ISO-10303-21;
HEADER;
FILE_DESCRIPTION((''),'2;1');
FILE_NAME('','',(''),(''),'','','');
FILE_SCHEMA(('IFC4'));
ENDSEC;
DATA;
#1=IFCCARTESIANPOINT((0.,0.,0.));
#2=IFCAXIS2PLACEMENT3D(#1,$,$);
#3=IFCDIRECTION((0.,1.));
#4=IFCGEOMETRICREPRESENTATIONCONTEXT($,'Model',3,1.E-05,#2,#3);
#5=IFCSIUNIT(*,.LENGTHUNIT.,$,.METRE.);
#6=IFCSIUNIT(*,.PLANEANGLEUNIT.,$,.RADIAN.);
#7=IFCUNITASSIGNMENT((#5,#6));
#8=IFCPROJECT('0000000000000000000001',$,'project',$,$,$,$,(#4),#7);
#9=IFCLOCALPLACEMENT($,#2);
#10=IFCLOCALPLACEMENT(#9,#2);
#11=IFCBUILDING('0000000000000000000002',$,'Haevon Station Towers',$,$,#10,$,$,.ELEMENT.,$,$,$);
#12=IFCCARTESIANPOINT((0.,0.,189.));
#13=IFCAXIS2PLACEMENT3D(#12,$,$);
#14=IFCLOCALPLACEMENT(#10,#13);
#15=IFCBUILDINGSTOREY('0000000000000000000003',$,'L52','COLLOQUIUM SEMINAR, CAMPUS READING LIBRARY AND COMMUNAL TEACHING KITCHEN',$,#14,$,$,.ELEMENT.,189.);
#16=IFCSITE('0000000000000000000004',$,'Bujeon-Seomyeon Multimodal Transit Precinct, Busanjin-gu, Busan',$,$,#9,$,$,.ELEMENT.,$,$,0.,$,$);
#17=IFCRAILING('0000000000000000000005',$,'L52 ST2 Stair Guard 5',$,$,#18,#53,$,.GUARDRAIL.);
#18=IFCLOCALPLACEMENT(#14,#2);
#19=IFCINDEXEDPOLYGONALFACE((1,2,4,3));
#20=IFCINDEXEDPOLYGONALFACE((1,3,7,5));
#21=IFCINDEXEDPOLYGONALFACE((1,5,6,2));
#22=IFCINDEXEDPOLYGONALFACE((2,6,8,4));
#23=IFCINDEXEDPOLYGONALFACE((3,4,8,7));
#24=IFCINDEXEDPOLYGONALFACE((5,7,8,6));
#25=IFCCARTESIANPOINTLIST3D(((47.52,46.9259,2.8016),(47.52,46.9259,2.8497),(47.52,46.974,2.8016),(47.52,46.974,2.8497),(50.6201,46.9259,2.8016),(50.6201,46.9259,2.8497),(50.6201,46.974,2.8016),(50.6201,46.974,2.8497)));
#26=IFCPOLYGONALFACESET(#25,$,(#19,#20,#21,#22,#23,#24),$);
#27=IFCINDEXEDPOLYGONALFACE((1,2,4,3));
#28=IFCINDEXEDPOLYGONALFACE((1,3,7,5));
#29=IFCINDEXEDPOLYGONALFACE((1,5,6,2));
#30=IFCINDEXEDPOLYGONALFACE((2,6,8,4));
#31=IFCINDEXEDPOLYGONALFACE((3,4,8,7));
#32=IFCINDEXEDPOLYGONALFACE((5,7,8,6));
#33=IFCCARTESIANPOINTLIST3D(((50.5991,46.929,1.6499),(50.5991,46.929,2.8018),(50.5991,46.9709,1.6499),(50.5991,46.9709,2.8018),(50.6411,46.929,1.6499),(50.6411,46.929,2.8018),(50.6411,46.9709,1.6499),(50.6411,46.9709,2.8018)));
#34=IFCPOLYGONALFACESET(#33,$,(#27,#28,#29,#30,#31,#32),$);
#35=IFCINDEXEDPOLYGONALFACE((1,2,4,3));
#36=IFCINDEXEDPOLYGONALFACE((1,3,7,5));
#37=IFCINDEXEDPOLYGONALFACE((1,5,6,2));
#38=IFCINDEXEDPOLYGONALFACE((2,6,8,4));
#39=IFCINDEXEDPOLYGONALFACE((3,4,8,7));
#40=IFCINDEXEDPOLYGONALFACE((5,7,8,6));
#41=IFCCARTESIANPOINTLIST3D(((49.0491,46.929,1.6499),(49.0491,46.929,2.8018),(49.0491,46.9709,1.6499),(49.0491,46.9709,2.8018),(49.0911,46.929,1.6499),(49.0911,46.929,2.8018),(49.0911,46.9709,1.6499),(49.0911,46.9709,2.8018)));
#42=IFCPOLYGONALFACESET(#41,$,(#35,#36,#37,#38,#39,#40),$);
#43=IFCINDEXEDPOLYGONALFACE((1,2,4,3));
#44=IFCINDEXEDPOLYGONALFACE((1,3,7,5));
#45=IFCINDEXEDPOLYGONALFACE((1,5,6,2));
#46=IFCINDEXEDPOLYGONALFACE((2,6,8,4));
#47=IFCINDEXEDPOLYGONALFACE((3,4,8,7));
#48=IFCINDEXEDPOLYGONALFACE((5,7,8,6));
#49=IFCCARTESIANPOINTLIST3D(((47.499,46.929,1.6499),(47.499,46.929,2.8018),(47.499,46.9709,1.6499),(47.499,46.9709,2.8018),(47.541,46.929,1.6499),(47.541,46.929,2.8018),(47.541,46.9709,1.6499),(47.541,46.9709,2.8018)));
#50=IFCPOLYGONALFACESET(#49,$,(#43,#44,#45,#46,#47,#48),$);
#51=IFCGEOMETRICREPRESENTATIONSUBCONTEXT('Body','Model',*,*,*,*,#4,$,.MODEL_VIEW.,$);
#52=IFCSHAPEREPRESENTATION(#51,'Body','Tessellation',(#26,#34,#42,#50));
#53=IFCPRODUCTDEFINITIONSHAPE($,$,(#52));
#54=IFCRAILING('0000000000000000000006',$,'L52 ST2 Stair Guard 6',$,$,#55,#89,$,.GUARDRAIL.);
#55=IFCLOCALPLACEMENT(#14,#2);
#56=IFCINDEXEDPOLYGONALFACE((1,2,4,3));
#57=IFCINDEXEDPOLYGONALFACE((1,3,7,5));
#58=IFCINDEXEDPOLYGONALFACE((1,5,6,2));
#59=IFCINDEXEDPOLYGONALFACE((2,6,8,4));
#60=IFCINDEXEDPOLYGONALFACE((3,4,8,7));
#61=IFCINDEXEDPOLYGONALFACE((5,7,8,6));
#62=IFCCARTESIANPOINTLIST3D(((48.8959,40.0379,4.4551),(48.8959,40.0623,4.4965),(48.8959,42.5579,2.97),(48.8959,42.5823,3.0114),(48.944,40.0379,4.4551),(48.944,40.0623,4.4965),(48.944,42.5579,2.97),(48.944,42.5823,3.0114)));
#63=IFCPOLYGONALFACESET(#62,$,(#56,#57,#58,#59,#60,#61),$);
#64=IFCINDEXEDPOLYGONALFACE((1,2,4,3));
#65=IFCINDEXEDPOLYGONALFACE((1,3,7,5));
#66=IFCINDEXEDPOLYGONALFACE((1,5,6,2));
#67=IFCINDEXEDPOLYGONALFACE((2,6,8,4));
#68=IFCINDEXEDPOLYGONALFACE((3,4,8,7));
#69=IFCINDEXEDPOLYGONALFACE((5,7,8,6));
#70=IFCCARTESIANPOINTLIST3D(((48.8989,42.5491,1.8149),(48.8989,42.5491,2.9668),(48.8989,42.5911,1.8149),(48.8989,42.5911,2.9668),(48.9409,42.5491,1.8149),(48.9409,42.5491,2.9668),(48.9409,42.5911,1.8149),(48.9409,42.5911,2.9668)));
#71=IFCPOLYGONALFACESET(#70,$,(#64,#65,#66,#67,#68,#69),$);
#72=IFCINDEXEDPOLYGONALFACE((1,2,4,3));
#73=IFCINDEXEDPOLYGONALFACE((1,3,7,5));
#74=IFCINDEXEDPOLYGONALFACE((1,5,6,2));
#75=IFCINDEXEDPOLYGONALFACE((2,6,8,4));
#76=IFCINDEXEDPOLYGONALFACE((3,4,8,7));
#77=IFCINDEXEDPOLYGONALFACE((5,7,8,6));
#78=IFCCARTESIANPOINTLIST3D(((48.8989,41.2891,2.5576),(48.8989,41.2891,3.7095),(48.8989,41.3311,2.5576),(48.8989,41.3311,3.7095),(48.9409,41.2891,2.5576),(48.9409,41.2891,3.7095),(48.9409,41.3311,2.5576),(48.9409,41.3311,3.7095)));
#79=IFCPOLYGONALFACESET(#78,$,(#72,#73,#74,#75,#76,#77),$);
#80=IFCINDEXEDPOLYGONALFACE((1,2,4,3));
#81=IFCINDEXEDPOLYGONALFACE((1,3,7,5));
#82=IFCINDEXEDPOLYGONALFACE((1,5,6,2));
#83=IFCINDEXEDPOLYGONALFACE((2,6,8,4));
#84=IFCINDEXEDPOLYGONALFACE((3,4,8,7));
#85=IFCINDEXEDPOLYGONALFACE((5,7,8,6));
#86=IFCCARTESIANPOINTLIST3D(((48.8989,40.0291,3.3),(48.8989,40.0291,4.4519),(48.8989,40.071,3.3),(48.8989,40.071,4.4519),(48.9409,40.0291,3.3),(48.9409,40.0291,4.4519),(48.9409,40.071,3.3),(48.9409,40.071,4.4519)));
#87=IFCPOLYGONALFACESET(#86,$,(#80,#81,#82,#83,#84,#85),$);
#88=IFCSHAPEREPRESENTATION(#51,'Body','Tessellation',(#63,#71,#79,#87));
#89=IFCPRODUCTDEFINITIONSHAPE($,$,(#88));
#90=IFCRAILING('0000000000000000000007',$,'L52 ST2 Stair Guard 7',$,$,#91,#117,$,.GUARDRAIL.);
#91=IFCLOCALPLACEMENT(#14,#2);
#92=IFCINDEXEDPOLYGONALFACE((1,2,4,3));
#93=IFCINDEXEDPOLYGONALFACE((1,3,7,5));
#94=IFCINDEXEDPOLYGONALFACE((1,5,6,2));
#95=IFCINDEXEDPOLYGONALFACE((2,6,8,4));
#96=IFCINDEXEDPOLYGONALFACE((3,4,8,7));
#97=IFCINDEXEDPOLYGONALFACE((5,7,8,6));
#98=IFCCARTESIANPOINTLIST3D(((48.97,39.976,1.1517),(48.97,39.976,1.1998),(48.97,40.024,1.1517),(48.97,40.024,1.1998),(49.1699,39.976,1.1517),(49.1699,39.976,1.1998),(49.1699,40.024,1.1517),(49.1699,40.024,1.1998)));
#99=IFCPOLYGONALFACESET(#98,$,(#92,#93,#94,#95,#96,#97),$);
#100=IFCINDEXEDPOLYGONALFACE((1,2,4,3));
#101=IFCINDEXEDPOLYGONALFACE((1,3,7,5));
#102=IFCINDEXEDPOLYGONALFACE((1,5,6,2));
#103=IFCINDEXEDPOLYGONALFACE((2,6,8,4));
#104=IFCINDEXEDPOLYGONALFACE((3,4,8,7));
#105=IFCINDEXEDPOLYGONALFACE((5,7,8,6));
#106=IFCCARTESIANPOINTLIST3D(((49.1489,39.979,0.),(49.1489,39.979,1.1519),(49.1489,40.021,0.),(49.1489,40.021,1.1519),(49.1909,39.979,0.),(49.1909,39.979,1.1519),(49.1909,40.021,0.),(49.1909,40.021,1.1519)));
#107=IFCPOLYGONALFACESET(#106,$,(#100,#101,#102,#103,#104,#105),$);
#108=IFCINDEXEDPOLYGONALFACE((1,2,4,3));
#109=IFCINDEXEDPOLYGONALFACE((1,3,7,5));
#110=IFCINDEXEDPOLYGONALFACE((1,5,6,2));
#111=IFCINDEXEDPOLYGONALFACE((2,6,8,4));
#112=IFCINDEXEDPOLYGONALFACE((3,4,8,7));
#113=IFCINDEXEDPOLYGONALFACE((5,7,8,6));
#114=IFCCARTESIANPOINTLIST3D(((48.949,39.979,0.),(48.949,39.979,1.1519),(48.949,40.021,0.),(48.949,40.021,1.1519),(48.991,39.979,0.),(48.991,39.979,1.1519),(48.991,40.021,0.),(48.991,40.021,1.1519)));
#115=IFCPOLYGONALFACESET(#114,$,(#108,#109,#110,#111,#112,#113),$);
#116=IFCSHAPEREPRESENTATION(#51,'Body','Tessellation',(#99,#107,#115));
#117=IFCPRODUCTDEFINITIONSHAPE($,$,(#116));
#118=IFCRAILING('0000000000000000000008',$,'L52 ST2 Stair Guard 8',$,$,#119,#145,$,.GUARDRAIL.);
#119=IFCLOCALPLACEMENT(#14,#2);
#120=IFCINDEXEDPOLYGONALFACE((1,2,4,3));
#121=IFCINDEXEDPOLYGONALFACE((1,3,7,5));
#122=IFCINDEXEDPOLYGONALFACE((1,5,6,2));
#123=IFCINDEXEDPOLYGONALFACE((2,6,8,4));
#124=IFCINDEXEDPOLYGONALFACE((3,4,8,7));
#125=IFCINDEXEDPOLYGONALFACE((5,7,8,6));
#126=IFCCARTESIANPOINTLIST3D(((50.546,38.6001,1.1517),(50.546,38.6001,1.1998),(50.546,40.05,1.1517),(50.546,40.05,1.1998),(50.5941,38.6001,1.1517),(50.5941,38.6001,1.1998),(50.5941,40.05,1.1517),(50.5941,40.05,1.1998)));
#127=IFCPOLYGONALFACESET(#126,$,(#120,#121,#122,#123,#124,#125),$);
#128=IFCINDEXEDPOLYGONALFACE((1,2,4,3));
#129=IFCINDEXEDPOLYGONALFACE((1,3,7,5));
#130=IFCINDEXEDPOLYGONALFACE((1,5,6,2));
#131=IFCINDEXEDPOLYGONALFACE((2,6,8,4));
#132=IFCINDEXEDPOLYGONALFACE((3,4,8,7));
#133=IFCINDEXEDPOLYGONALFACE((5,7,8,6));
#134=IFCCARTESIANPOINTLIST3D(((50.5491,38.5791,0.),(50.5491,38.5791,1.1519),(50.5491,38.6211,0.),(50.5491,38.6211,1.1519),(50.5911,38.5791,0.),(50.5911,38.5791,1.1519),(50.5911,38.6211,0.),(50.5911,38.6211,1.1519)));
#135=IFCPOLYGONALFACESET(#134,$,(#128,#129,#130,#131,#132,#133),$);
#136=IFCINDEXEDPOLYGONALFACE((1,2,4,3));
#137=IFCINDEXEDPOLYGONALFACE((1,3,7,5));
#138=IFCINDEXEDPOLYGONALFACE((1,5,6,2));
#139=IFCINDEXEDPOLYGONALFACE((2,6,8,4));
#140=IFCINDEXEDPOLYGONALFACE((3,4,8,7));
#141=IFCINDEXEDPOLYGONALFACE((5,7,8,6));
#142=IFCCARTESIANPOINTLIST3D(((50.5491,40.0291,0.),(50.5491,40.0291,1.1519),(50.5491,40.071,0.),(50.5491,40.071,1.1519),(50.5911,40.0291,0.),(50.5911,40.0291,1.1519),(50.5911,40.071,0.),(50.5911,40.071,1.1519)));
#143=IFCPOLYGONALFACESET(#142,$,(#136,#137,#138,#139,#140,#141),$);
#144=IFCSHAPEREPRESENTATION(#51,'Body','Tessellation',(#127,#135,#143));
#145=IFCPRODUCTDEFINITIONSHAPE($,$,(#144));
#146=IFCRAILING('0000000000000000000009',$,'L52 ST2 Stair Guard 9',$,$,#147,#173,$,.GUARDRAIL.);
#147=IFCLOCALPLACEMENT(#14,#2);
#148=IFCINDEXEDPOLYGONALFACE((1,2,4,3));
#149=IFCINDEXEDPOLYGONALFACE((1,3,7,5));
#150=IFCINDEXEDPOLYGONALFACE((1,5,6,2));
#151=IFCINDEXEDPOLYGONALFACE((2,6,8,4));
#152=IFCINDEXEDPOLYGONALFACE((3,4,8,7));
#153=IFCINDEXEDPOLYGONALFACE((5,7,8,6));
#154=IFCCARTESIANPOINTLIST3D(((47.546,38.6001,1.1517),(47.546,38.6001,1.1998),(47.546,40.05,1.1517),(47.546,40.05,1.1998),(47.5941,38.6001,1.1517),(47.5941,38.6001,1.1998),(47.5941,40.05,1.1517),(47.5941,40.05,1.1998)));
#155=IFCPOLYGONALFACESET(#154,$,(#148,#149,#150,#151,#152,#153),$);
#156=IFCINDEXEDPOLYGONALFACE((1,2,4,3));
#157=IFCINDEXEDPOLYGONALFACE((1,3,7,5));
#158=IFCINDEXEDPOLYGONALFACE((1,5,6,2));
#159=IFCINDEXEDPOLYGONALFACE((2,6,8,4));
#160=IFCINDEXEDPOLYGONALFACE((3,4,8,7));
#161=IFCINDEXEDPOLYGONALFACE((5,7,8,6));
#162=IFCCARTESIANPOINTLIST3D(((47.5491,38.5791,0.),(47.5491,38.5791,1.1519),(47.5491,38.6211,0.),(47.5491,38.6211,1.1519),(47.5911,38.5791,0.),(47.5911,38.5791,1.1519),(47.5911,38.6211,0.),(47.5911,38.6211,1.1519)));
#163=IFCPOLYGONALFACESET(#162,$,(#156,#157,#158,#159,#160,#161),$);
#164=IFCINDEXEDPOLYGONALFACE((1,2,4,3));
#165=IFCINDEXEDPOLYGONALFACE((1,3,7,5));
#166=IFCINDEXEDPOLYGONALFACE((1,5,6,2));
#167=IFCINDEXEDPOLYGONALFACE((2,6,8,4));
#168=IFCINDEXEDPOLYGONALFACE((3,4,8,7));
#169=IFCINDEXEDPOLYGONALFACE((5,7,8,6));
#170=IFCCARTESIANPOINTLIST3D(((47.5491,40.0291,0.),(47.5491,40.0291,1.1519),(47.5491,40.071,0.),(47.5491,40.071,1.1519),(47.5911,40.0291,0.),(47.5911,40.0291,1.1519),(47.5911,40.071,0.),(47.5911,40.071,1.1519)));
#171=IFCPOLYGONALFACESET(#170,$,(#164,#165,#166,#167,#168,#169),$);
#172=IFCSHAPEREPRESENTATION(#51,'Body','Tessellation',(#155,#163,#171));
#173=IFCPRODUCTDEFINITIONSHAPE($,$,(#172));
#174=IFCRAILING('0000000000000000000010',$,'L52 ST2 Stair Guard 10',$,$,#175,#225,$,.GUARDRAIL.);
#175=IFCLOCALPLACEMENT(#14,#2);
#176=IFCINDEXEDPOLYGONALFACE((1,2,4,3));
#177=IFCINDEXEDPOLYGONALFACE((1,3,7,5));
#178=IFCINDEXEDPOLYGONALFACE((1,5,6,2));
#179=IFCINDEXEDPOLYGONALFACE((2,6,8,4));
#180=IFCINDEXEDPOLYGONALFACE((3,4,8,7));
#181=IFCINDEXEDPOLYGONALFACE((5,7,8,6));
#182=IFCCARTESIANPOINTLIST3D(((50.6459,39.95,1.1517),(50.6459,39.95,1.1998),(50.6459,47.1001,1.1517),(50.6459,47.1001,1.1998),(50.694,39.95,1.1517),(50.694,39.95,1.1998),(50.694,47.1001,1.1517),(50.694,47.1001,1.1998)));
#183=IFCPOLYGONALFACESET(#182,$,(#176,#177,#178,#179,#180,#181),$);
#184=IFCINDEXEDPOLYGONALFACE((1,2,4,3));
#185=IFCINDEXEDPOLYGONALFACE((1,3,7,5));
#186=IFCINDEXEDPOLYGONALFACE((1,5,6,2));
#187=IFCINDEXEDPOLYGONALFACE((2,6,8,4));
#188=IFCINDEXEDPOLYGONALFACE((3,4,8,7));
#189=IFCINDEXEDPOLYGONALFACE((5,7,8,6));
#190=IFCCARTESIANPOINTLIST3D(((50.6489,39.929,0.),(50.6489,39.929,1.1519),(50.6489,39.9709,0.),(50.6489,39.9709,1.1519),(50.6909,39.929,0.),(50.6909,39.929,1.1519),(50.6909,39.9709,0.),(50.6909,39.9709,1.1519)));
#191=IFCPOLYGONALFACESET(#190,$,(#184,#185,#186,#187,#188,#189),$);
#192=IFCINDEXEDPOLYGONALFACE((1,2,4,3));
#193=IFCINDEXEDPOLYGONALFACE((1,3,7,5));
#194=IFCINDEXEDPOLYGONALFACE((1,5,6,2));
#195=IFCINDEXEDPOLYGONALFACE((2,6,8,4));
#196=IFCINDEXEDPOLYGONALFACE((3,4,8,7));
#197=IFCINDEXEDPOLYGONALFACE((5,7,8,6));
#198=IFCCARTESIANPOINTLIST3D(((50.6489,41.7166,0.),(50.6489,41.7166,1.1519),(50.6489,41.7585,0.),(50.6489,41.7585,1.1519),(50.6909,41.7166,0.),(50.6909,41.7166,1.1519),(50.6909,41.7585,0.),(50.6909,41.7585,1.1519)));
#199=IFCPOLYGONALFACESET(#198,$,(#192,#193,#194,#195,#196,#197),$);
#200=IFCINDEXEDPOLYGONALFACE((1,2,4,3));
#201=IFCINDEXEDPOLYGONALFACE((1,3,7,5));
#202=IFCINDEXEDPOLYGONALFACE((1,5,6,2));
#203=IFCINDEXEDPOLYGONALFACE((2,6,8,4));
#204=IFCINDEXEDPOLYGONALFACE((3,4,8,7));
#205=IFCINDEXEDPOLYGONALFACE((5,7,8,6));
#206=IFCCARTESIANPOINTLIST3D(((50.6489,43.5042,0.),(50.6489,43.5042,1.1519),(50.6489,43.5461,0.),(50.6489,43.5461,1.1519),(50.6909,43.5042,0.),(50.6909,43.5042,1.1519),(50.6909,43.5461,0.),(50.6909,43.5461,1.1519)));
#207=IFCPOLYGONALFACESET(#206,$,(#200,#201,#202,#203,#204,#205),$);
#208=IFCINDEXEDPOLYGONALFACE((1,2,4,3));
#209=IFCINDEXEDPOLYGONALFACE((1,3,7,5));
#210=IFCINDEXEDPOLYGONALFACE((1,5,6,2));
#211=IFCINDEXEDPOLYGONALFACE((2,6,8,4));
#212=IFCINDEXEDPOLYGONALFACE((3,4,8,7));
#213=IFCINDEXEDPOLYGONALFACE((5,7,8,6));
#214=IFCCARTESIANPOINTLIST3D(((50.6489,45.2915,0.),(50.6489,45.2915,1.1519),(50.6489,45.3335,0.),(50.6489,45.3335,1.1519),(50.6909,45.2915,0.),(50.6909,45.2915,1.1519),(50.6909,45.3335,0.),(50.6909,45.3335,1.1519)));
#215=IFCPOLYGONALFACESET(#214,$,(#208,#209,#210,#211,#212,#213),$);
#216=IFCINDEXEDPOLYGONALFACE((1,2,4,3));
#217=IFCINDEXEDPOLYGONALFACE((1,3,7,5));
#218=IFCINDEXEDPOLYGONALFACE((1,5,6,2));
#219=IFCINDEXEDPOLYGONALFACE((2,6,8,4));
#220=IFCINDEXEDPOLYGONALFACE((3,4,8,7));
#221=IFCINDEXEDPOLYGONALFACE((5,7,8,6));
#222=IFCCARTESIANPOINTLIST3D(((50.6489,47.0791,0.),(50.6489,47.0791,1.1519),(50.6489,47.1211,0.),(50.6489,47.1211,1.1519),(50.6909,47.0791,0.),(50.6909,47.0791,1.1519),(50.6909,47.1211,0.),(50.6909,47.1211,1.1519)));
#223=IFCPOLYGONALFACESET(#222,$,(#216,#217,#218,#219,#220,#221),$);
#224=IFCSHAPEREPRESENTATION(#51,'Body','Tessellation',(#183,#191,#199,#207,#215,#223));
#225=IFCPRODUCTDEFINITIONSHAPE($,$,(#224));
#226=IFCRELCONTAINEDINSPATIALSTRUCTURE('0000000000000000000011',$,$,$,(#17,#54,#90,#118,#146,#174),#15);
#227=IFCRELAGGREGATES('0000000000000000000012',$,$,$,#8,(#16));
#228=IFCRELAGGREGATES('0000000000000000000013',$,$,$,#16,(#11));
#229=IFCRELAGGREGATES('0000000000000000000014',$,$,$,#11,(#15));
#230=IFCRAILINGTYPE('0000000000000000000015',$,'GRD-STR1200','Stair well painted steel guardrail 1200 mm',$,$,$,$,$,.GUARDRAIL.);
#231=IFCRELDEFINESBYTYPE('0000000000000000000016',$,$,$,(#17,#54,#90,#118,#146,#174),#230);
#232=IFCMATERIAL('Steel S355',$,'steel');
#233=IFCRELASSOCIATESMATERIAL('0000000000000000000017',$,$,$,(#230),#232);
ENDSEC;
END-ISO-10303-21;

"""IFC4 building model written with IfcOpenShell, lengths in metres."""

from ifc_helpers import new_model, si_unit, direction, frame, origin, origin_2d, place, context, subcontext, project, spatial, rectangle, extrude, material, type_object, element, save


model = new_model("IFC4")

# Units and contexts
model_context = context("Model", 3, precision=1e-05, world=origin(), true_north=direction((0.0, 1.0)))
body_context = subcontext(model_context, "Body", "Model", "MODEL_VIEW")
ifc_project = project(units=[si_unit("LENGTHUNIT", "METRE"), si_unit("PLANEANGLEUNIT", "RADIAN")], contexts=[model_context])

# Site, building, storey
site_placement = place(None, origin())
site = spatial("IfcSite", under=ifc_project, at=site_placement, Name="Bujeon-Seomyeon Multimodal Transit Precinct, Busanjin-gu, Busan", CompositionType="ELEMENT", RefElevation=0.0)
building_placement = place(site_placement, origin())
building = spatial("IfcBuilding", under=site, at=building_placement, Name="Haevon Station Towers", CompositionType="ELEMENT")
storey_placement = place(building_placement, frame((0.0, 0.0, 189.0)))
storey = spatial("IfcBuildingStorey", under=building, at=storey_placement, Name="L52", Description="COLLOQUIUM SEMINAR, CAMPUS READING LIBRARY AND COMMUNAL TEACHING KITCHEN", CompositionType="ELEMENT", Elevation=189.0)

# Shared definitions
ifc_material_1 = material(Name="Steel S355", Category="steel")

# Railings
railing_type_1 = type_object("IfcRailingType", Name="GRD-STR1200", Description="Stair well painted steel guardrail 1200 mm", PredefinedType="GUARDRAIL", material=ifc_material_1)
railing_1_placement = place(storey_placement, frame((50.6201, 46.95, 1.6499)))
element("IfcRailing", 1, at=railing_1_placement, inside=storey, type_object=railing_type_1, Name="L52 ST2 Stair Guard 5", PredefinedType="GUARDRAIL", context=body_context, shape_type="SweptSolid", body=[
    extrude(rectangle(XDim=0.0481, YDim=0.0481, at=origin_2d()), frame((0.0, 0.0, 1.1758), z_axis=(-1.0, 0.0, 0.0), x_axis=(0.0, -1.0, 0.0)), (0.0, 0.0, 1.0), 3.1001),
    extrude(rectangle(XDim=0.042, YDim=0.042, at=origin_2d()), origin(), (0.0, 0.0, 1.0), 1.1519),
    extrude(rectangle(XDim=0.042, YDim=0.042, at=origin_2d()), frame((-1.55, 0.0, 0.0)), (0.0, 0.0, 1.0), 1.1519),
    extrude(rectangle(XDim=0.042, YDim=0.042, at=origin_2d()), frame((-3.1001, 0.0, 0.0)), (0.0, 0.0, 1.0), 1.1519),
])
railing_2_placement = place(storey_placement, frame((48.9199, 42.5701, 1.8149)))
element("IfcRailing", 2, at=railing_2_placement, inside=storey, type_object=railing_type_1, Name="L52 ST2 Stair Guard 6", PredefinedType="GUARDRAIL", context=body_context, shape_type="SweptSolid", body=[
    extrude(rectangle(XDim=0.0481, YDim=0.0481, at=origin_2d()), frame((0.0, 0.0, 1.1758), z_axis=(0.0, -0.861524, 0.507717), x_axis=(1.0, 0.0, 0.0)), (0.0, 0.0, 1.0), 2.925),
    extrude(rectangle(XDim=0.042, YDim=0.042, at=origin_2d()), origin(), (0.0, 0.0, 1.0), 1.1519),
    extrude(rectangle(XDim=0.042, YDim=0.042, at=origin_2d()), frame((0.0, -1.26, 0.7427)), (0.0, 0.0, 1.0), 1.1519),
    extrude(rectangle(XDim=0.042, YDim=0.042, at=origin_2d()), frame((0.0, -2.52, 1.4851)), (0.0, 0.0, 1.0), 1.1519),
])
railing_3_placement = place(storey_placement, frame((49.1699, 40.0, 0.0)))
element("IfcRailing", 3, at=railing_3_placement, inside=storey, type_object=railing_type_1, Name="L52 ST2 Stair Guard 7", PredefinedType="GUARDRAIL", context=body_context, shape_type="SweptSolid", body=[
    extrude(rectangle(XDim=0.0481, YDim=0.0481, at=origin_2d()), frame((0.0, 0.0, 1.1758), z_axis=(-1.0, 0.0, 0.0), x_axis=(0.0, -1.0, 0.0)), (0.0, 0.0, 1.0), 0.2),
    extrude(rectangle(XDim=0.042, YDim=0.042, at=origin_2d()), origin(), (0.0, 0.0, 1.0), 1.1519),
    extrude(rectangle(XDim=0.042, YDim=0.042, at=origin_2d()), frame((-0.2, 0.0, 0.0)), (0.0, 0.0, 1.0), 1.1519),
])
for number, where, name in (
    (4, (50.5701, 38.6001, 0.0), "L52 ST2 Stair Guard 8"),
    (5, (47.5701, 38.6001, 0.0), "L52 ST2 Stair Guard 9"),
):
    element("IfcRailing", number, at=place(storey_placement, frame(where)), inside=storey, type_object=railing_type_1, Name=name, PredefinedType="GUARDRAIL", context=body_context, shape_type="SweptSolid", body=[
        extrude(rectangle(XDim=0.0481, YDim=0.0481, at=origin_2d()), frame((0.0, 0.0, 1.1758), z_axis=(0.0, 1.0, 0.0), x_axis=(-1.0, 0.0, 0.0)), (0.0, 0.0, 1.0), 1.45),
        extrude(rectangle(XDim=0.042, YDim=0.042, at=origin_2d()), origin(), (0.0, 0.0, 1.0), 1.1519),
        extrude(rectangle(XDim=0.042, YDim=0.042, at=origin_2d()), frame((0.0, 1.45, 0.0)), (0.0, 0.0, 1.0), 1.1519),
    ])
for number, where, name in (
    (6, (50.6699, 39.95, 0.0), "L52 ST2 Stair Guard 10"),
):
    element("IfcRailing", number, at=place(storey_placement, frame(where)), inside=storey, type_object=railing_type_1, Name=name, PredefinedType="GUARDRAIL", context=body_context, shape_type="SweptSolid", body=[
        extrude(rectangle(XDim=0.0481, YDim=0.0481, at=origin_2d()), frame((0.0, 0.0, 1.1758), z_axis=(0.0, 1.0, 0.0), x_axis=(-1.0, 0.0, 0.0)), (0.0, 0.0, 1.0), 7.1501),
        extrude(rectangle(XDim=0.042, YDim=0.042, at=origin_2d()), origin(), (0.0, 0.0, 1.0), 1.1519),
        extrude(rectangle(XDim=0.042, YDim=0.042, at=origin_2d()), frame((0.0, 1.7876, 0.0)), (0.0, 0.0, 1.0), 1.1519),
        extrude(rectangle(XDim=0.042, YDim=0.042, at=origin_2d()), frame((0.0, 3.5752, 0.0)), (0.0, 0.0, 1.0), 1.1519),
        extrude(rectangle(XDim=0.042, YDim=0.042, at=origin_2d()), frame((0.0, 5.3625, 0.0)), (0.0, 0.0, 1.0), 1.1519),
        extrude(rectangle(XDim=0.042, YDim=0.042, at=origin_2d()), frame((0.0, 7.1501, 0.0)), (0.0, 0.0, 1.0), 1.1519),
    ])

save(model, "model.ifc")
